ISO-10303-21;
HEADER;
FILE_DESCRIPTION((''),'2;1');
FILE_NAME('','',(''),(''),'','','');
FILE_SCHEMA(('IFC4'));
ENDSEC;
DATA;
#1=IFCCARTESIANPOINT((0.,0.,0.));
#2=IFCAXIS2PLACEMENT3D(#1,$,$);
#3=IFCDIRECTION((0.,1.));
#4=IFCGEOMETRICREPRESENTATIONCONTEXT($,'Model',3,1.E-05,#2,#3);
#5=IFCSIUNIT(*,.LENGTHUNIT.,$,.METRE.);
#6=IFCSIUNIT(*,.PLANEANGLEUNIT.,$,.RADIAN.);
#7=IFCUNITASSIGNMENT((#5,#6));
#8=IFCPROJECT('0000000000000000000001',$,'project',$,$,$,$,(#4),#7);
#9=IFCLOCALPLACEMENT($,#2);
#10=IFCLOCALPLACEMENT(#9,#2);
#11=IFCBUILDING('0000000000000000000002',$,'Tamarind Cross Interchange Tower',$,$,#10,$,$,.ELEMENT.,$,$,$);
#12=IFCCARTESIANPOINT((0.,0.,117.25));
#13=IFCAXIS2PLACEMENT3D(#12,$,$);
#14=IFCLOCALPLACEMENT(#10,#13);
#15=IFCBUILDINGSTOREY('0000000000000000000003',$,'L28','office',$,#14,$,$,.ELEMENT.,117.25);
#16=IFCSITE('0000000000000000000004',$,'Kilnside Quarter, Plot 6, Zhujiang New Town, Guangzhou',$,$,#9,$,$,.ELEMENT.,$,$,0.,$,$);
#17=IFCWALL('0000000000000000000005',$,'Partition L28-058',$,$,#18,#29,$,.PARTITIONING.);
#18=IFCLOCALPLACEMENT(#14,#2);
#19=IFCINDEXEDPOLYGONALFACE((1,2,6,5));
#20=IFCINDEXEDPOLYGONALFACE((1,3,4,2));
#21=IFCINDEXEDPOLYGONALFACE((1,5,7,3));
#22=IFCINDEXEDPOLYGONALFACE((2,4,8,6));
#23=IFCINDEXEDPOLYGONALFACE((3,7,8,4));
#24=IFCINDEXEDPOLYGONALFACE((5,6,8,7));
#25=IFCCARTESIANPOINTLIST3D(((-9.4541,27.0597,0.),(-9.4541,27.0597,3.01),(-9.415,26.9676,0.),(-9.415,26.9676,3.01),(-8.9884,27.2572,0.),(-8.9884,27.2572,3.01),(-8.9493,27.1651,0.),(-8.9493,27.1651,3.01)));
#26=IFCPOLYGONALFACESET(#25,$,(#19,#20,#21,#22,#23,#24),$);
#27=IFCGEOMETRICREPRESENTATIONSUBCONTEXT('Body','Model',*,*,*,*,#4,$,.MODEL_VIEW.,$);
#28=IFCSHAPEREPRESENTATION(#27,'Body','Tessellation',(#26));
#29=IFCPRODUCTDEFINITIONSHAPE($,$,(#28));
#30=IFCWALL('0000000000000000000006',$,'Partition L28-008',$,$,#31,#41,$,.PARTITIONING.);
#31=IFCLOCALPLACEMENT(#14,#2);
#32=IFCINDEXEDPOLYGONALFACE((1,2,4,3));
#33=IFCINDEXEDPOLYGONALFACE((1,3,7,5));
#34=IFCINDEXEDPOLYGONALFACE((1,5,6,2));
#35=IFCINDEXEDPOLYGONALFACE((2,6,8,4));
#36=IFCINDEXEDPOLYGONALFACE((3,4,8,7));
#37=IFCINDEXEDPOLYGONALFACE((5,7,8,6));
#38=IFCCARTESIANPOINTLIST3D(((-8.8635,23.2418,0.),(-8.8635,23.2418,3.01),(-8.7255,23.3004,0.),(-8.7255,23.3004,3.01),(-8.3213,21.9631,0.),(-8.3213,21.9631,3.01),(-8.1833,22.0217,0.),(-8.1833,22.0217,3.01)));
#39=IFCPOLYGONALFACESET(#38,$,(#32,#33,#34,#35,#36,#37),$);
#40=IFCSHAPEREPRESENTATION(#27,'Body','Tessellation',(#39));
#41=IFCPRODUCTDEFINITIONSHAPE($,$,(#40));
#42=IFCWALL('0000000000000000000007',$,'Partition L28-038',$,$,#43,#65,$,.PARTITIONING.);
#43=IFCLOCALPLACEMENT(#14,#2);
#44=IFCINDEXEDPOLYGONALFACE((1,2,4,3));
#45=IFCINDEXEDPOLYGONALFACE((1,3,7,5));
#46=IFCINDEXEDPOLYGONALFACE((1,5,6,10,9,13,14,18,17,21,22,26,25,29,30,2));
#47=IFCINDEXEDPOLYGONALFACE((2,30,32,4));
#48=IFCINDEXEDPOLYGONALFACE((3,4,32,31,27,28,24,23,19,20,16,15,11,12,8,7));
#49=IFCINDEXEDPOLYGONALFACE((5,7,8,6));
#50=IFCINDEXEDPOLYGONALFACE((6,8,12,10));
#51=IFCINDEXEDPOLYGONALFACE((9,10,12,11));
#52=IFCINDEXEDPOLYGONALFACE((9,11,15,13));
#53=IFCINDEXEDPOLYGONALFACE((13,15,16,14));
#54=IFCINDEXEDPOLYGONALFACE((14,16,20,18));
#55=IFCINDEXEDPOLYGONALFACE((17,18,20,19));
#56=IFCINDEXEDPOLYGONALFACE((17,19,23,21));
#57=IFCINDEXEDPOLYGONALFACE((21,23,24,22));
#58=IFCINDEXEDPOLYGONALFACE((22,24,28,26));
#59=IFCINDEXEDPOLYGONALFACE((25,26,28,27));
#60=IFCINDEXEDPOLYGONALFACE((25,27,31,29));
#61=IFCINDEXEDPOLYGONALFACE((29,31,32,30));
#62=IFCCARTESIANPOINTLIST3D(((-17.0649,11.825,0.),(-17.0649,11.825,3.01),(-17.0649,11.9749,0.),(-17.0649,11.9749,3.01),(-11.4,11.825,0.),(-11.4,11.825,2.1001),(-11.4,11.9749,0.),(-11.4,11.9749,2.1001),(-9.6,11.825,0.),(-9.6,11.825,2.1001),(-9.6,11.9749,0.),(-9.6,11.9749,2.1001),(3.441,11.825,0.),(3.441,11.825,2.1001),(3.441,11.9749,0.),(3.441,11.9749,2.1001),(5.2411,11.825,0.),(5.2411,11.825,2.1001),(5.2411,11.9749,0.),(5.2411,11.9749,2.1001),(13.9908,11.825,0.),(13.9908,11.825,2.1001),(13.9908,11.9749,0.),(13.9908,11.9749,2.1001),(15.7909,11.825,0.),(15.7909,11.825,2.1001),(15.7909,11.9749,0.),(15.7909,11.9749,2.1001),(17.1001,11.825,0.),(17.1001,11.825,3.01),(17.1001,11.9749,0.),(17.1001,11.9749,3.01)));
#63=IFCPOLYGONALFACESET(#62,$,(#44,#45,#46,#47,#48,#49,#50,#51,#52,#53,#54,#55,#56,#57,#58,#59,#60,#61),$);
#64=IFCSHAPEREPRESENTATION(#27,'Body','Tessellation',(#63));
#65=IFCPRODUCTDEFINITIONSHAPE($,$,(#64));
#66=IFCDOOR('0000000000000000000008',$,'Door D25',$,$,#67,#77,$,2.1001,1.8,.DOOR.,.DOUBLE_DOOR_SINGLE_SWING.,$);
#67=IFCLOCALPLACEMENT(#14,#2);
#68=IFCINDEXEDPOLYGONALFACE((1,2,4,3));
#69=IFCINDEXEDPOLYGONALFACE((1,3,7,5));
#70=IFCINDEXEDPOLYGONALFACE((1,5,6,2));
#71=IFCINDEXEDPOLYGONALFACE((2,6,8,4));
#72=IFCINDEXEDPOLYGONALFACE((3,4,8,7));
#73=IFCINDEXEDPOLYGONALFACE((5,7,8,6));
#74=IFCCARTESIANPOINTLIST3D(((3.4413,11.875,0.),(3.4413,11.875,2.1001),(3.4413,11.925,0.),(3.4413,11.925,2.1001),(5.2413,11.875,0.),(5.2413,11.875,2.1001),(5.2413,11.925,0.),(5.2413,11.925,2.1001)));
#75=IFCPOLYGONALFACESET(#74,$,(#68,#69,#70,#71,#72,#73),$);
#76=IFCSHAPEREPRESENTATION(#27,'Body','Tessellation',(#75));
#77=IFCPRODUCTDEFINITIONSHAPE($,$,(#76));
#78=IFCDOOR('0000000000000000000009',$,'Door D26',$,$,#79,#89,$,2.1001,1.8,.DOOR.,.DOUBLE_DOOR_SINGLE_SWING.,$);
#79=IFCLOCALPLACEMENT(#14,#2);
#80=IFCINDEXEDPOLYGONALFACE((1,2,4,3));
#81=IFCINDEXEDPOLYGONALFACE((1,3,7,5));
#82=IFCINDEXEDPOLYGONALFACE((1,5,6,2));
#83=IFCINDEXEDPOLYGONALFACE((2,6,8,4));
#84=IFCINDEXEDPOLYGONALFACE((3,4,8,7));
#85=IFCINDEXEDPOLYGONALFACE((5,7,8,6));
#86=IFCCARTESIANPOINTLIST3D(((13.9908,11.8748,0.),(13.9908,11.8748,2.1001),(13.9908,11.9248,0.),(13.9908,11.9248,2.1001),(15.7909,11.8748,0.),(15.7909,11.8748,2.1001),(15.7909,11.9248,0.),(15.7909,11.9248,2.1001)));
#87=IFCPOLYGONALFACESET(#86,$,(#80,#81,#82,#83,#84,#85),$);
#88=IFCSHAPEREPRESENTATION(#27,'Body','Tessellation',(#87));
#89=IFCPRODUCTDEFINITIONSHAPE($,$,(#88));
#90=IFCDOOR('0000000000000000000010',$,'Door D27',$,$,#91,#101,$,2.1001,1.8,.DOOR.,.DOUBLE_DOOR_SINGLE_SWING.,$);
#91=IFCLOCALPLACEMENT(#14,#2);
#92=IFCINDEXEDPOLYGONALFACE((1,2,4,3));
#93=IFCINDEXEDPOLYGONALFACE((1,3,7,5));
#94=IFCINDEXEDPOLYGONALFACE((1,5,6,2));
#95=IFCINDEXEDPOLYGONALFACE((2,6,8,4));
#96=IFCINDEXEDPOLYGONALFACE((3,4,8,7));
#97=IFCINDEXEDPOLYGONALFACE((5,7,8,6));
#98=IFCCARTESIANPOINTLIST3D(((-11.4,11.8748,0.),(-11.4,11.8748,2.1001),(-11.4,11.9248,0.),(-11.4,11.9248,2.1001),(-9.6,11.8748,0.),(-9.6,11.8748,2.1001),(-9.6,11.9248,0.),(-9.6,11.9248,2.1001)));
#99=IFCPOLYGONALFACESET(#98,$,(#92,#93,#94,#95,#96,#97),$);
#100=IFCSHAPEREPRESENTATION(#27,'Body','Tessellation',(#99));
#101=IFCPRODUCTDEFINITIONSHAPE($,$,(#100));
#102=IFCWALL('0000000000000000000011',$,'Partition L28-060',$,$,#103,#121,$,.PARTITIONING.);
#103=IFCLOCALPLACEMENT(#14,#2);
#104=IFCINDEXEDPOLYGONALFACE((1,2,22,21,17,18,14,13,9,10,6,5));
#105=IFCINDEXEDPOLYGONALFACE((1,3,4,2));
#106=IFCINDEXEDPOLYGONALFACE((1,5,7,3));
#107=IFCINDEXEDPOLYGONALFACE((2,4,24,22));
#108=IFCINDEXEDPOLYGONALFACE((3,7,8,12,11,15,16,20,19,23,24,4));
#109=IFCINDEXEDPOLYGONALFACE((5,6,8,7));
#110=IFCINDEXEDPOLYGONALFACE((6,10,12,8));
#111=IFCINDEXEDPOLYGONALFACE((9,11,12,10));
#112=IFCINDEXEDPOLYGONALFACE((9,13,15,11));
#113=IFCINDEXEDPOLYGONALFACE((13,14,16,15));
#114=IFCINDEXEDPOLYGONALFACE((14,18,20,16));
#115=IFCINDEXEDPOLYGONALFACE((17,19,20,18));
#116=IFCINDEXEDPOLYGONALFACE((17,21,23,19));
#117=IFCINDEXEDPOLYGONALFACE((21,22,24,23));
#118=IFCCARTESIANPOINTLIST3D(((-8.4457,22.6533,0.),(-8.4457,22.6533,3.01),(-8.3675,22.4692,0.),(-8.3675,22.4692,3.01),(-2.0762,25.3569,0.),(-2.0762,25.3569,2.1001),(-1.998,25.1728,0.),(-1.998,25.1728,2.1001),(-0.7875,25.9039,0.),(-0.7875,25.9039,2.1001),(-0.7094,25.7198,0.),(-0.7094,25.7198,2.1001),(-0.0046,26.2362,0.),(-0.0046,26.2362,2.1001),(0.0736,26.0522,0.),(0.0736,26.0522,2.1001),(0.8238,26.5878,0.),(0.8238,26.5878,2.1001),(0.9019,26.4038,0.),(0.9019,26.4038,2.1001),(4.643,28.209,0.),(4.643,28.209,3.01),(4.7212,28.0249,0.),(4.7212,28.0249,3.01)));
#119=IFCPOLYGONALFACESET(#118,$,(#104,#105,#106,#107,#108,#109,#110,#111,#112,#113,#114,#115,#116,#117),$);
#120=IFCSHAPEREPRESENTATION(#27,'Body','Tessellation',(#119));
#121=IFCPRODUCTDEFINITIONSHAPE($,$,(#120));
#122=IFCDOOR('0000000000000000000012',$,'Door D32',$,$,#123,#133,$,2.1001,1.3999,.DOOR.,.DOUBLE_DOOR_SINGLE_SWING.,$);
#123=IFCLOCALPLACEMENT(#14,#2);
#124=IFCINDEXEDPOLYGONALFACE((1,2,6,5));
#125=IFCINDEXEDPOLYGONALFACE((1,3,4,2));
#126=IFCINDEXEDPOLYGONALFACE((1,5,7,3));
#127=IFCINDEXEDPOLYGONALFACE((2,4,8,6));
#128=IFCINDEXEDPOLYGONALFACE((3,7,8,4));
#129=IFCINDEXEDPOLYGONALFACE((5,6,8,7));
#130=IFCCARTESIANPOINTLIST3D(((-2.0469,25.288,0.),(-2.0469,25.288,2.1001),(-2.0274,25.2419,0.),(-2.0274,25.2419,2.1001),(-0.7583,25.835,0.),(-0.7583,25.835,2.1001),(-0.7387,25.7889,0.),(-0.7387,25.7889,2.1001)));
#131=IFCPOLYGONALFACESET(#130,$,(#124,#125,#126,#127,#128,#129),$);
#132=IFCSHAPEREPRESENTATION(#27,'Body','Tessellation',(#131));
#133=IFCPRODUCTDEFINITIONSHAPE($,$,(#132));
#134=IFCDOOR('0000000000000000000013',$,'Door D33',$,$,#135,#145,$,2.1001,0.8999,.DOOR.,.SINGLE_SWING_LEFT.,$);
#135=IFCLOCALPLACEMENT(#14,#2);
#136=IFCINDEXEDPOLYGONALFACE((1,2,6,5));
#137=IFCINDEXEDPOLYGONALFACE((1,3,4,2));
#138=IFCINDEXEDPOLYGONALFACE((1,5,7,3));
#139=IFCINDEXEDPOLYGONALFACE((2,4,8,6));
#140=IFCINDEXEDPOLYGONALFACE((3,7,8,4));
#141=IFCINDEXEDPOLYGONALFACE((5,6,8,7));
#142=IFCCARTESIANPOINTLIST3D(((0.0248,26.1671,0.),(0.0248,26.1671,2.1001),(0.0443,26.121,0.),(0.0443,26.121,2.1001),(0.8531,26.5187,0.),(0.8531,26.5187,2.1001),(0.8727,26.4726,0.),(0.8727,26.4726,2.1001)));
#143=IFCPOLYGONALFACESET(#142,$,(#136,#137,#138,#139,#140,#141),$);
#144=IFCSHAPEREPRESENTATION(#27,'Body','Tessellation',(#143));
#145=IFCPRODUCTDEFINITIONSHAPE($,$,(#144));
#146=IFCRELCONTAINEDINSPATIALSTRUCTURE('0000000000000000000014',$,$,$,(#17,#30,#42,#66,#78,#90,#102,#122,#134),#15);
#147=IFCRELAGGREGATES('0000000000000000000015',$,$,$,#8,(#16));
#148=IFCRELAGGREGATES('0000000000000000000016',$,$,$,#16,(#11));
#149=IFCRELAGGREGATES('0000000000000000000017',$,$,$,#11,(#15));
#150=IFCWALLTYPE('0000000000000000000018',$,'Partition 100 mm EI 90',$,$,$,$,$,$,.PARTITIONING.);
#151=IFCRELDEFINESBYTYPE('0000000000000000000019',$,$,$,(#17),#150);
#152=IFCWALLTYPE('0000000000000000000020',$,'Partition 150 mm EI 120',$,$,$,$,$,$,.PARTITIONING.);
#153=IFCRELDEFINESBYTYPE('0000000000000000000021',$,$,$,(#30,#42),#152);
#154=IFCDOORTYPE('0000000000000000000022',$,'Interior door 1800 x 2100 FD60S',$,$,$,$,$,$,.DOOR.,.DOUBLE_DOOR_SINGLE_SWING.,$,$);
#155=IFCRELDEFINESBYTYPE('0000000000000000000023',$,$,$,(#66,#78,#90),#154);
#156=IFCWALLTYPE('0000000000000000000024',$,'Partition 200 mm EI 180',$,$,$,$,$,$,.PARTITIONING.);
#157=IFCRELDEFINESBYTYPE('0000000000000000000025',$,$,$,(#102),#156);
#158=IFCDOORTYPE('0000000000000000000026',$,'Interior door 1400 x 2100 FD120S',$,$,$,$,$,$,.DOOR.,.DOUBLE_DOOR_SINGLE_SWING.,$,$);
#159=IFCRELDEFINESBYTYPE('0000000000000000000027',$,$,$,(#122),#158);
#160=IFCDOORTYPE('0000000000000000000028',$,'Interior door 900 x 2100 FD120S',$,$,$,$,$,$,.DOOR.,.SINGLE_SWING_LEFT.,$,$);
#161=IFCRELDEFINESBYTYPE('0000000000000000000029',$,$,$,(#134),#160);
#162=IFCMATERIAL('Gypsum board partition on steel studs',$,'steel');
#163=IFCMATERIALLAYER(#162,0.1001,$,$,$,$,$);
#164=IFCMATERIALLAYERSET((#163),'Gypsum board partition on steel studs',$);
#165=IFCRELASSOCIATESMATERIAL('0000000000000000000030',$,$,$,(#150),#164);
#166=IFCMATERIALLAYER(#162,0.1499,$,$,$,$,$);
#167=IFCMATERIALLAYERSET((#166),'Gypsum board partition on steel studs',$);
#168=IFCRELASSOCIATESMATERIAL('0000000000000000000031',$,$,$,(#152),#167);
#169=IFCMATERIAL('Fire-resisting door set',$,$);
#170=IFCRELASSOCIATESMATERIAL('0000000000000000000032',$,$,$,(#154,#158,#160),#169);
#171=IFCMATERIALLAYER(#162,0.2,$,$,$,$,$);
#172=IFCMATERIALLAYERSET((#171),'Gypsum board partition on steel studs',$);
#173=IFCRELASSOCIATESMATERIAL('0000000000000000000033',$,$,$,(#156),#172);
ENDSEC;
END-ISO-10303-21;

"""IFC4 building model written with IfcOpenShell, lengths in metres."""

from ifc_helpers import new_model, si_unit, direction, frame, frame_2d, origin, place, context, subcontext, project, spatial, rectangle, extrude, material, layer, layer_set, type_object, element, fill, save


model = new_model("IFC4")

# Units and contexts
model_context = context("Model", 3, precision=1e-05, world=origin(), true_north=direction((0.0, 1.0)))
body_context = subcontext(model_context, "Body", "Model", "MODEL_VIEW")
ifc_project = project(units=[si_unit("LENGTHUNIT", "METRE"), si_unit("PLANEANGLEUNIT", "RADIAN")], contexts=[model_context])

# Site, building, storey
site_placement = place(None, origin())
site = spatial("IfcSite", under=ifc_project, at=site_placement, Name="Kilnside Quarter, Plot 6, Zhujiang New Town, Guangzhou", CompositionType="ELEMENT", RefElevation=0.0)
building_placement = place(site_placement, origin())
building = spatial("IfcBuilding", under=site, at=building_placement, Name="Tamarind Cross Interchange Tower", CompositionType="ELEMENT")
storey_placement = place(building_placement, frame((0.0, 0.0, 117.25)))
storey = spatial("IfcBuildingStorey", under=building, at=storey_placement, Name="L28", Description="office", CompositionType="ELEMENT", Elevation=117.25)

# Walls
ifc_material_1 = material(Name="Gypsum board partition on steel studs", Category="steel")
ifc_layer_1 = layer(ifc_material_1, 0.1001)
ifc_layer_set_1 = layer_set([ifc_layer_1], Name="Gypsum board partition on steel studs")
wall_type_1 = type_object("IfcWallType", Name="Partition 100 mm EI 90", PredefinedType="PARTITIONING", material=ifc_layer_set_1)
wall_1_placement = place(storey_placement, frame((-9.4346, 27.0137, 0.0), z_axis=(0.0, 0.0, 1.0), x_axis=(0.920661, 0.390364, 0.0)))
element("IfcWall", 1, at=wall_1_placement, inside=storey, type_object=wall_type_1, Name="Partition L28-058", PredefinedType="PARTITIONING", context=body_context, shape_type="SweptSolid", body=[
    extrude(rectangle(XDim=0.5059, YDim=0.1001, at=frame_2d((0.2529, 0.0))), origin(), (0.0, 0.0, 1.0), 3.01),
])
ifc_layer_2 = layer(ifc_material_1, 0.1499)
ifc_layer_set_2 = layer_set([ifc_layer_2], Name="Gypsum board partition on steel studs")
wall_type_2 = type_object("IfcWallType", Name="Partition 150 mm EI 120", PredefinedType="PARTITIONING", material=ifc_layer_set_2)
wall_2_placement = place(storey_placement, frame((-8.7944, 23.271, 0.0), z_axis=(0.0, 0.0, 1.0), x_axis=(0.390374, -0.920656, 0.0)))
element("IfcWall", 2, at=wall_2_placement, inside=storey, type_object=wall_type_2, Name="Partition L28-008", PredefinedType="PARTITIONING", context=body_context, shape_type="SweptSolid", body=[
    extrude(rectangle(XDim=1.3889, YDim=0.1499, at=frame_2d((0.6943, 0.0))), origin(), (0.0, 0.0, 1.0), 3.01),
])

# Walls, openings, doors
wall_3_placement = place(storey_placement, frame((-17.0649, 11.8999, 0.0), z_axis=(0.0, 0.0, 1.0), x_axis=(1.0, 0.0, 0.0)))
wall_3 = element("IfcWall", 3, at=wall_3_placement, inside=storey, type_object=wall_type_2, Name="Partition L28-038", PredefinedType="PARTITIONING", context=body_context, shape_type="SweptSolid", body=[
    extrude(rectangle(XDim=34.165, YDim=0.1499, at=frame_2d((17.0825, 0.0))), origin(), (0.0, 0.0, 1.0), 3.01),
])
opening_1_placement = place(wall_3_placement, frame((20.5061, 0.0, 0.0)))
opening_1 = element("IfcOpeningElement", 4, at=opening_1_placement, cuts=wall_3, PredefinedType="OPENING", context=body_context, shape_type="SweptSolid", body=[
    extrude(rectangle(XDim=1.8, YDim=2.1001, at=frame_2d((0.8999, 1.05))), frame((0.0, 0.085, 0.0), z_axis=(0.0, -1.0, 0.0), x_axis=(1.0, 0.0, 0.0)), (0.0, 0.0, 1.0), 0.1699),
])
opening_2_placement = place(wall_3_placement, frame((31.0559, 0.0, 0.0)))
opening_2 = element("IfcOpeningElement", 5, at=opening_2_placement, cuts=wall_3, PredefinedType="OPENING", context=body_context, shape_type="SweptSolid", body=[
    extrude(rectangle(XDim=1.8, YDim=2.1001, at=frame_2d((0.8999, 1.05))), frame((0.0, 0.085, 0.0), z_axis=(0.0, -1.0, 0.0), x_axis=(1.0, 0.0, 0.0)), (0.0, 0.0, 1.0), 0.1699),
])
opening_3_placement = place(wall_3_placement, frame((5.665, 0.0, 0.0)))
opening_3 = element("IfcOpeningElement", 6, at=opening_3_placement, cuts=wall_3, PredefinedType="OPENING", context=body_context, shape_type="SweptSolid", body=[
    extrude(rectangle(XDim=1.8, YDim=2.1001, at=frame_2d((0.8999, 1.05))), frame((0.0, 0.085, 0.0), z_axis=(0.0, -1.0, 0.0), x_axis=(1.0, 0.0, 0.0)), (0.0, 0.0, 1.0), 0.1699),
])
ifc_material_2 = material(Name="Fire-resisting door set")
door_type_1 = type_object("IfcDoorType", Name="Interior door 1800 x 2100 FD60S", OperationType="DOUBLE_DOOR_SINGLE_SWING", PredefinedType="DOOR", material=ifc_material_2)
door_1_placement = place(opening_1_placement, frame((1.8, 0.0, 0.0), z_axis=(0.0, 0.0, 1.0), x_axis=(-1.0, 0.0, 0.0)))
door_1 = element("IfcDoor", 7, at=door_1_placement, inside=storey, type_object=door_type_1, Name="Door D25", OperationType="DOUBLE_DOOR_SINGLE_SWING", OverallHeight=2.1001, OverallWidth=1.8, PredefinedType="DOOR", context=body_context, shape_type="SweptSolid", body=[
    extrude(rectangle(XDim=1.8, YDim=2.1001, at=frame_2d((0.8999, 1.05))), frame((0.0, 0.0249, 0.0), z_axis=(0.0, -1.0, 0.0), x_axis=(1.0, 0.0, 0.0)), (0.0, 0.0, 1.0), 0.05),
])
fill(opening_1, door_1)
door_2_placement = place(opening_2_placement, origin())
door_2 = element("IfcDoor", 8, at=door_2_placement, inside=storey, type_object=door_type_1, Name="Door D26", OperationType="DOUBLE_DOOR_SINGLE_SWING", OverallHeight=2.1001, OverallWidth=1.8, PredefinedType="DOOR", context=body_context, shape_type="SweptSolid", body=[
    extrude(rectangle(XDim=1.8, YDim=2.1001, at=frame_2d((0.8999, 1.05))), frame((0.0, 0.0249, 0.0), z_axis=(0.0, -1.0, 0.0), x_axis=(1.0, 0.0, 0.0)), (0.0, 0.0, 1.0), 0.05),
])
fill(opening_2, door_2)
door_3_placement = place(opening_3_placement, origin())
door_3 = element("IfcDoor", 9, at=door_3_placement, inside=storey, type_object=door_type_1, Name="Door D27", OperationType="DOUBLE_DOOR_SINGLE_SWING", OverallHeight=2.1001, OverallWidth=1.8, PredefinedType="DOOR", context=body_context, shape_type="SweptSolid", body=[
    extrude(rectangle(XDim=1.8, YDim=2.1001, at=frame_2d((0.8999, 1.05))), frame((0.0, 0.0249, 0.0), z_axis=(0.0, -1.0, 0.0), x_axis=(1.0, 0.0, 0.0)), (0.0, 0.0, 1.0), 0.05),
])
fill(opening_3, door_3)
ifc_layer_3 = layer(ifc_material_1, 0.2)
ifc_layer_set_3 = layer_set([ifc_layer_3], Name="Gypsum board partition on steel studs")
wall_type_3 = type_object("IfcWallType", Name="Partition 200 mm EI 180", PredefinedType="PARTITIONING", material=ifc_layer_set_3)
wall_4_placement = place(storey_placement, frame((-8.4065, 22.5613, 0.0), z_axis=(0.0, 0.0, 1.0), x_axis=(0.920508, 0.390724, 0.0)))
wall_4 = element("IfcWall", 10, at=wall_4_placement, inside=storey, type_object=wall_type_3, Name="Partition L28-060", PredefinedType="PARTITIONING", context=body_context, shape_type="SweptSolid", body=[
    extrude(rectangle(XDim=14.219, YDim=0.2, at=frame_2d((7.1094, 0.0))), origin(), (0.0, 0.0, 1.0), 3.01),
])
opening_4_placement = place(wall_4_placement, frame((6.9194, 0.0, 0.0)))
opening_4 = element("IfcOpeningElement", 11, at=opening_4_placement, cuts=wall_4, PredefinedType="OPENING", context=body_context, shape_type="SweptSolid", body=[
    extrude(rectangle(XDim=1.3999, YDim=2.1001, at=frame_2d((0.7, 1.05))), frame((0.0, 0.1099, 0.0), z_axis=(0.0, -1.0, 0.0), x_axis=(1.0, 0.0, 0.0)), (0.0, 0.0, 1.0), 0.22),
])
opening_5_placement = place(wall_4_placement, frame((9.1699, 0.0, 0.0)))
opening_5 = element("IfcOpeningElement", 12, at=opening_5_placement, cuts=wall_4, PredefinedType="OPENING", context=body_context, shape_type="SweptSolid", body=[
    extrude(rectangle(XDim=0.8999, YDim=2.1001, at=frame_2d((0.45, 1.05))), frame((0.0, 0.1099, 0.0), z_axis=(0.0, -1.0, 0.0), x_axis=(1.0, 0.0, 0.0)), (0.0, 0.0, 1.0), 0.22),
])
door_type_2 = type_object("IfcDoorType", Name="Interior door 1400 x 2100 FD120S", OperationType="DOUBLE_DOOR_SINGLE_SWING", PredefinedType="DOOR", material=ifc_material_2)
door_4_placement = place(opening_4_placement, frame((1.3999, 0.0, 0.0), z_axis=(0.0, 0.0, 1.0), x_axis=(-1.0, 0.0, 0.0)))
door_4 = element("IfcDoor", 13, at=door_4_placement, inside=storey, type_object=door_type_2, Name="Door D32", OperationType="DOUBLE_DOOR_SINGLE_SWING", OverallHeight=2.1001, OverallWidth=1.3999, PredefinedType="DOOR", context=body_context, shape_type="SweptSolid", body=[
    extrude(rectangle(XDim=1.3999, YDim=2.1001, at=frame_2d((0.7, 1.05))), frame((0.0, 0.0249, 0.0), z_axis=(0.0, -1.0, 0.0), x_axis=(1.0, 0.0, 0.0)), (0.0, 0.0, 1.0), 0.05),
])
fill(opening_4, door_4)
door_type_3 = type_object("IfcDoorType", Name="Interior door 900 x 2100 FD120S", OperationType="SINGLE_SWING_LEFT", PredefinedType="DOOR", material=ifc_material_2)
door_5_placement = place(opening_5_placement, origin())
door_5 = element("IfcDoor", 14, at=door_5_placement, inside=storey, type_object=door_type_3, Name="Door D33", OperationType="SINGLE_SWING_LEFT", OverallHeight=2.1001, OverallWidth=0.8999, PredefinedType="DOOR", context=body_context, shape_type="SweptSolid", body=[
    extrude(rectangle(XDim=0.8999, YDim=2.1001, at=frame_2d((0.45, 1.05))), frame((0.0, 0.0249, 0.0), z_axis=(0.0, -1.0, 0.0), x_axis=(1.0, 0.0, 0.0)), (0.0, 0.0, 1.0), 0.05),
])
fill(opening_5, door_5)

save(model, "model.ifc")
